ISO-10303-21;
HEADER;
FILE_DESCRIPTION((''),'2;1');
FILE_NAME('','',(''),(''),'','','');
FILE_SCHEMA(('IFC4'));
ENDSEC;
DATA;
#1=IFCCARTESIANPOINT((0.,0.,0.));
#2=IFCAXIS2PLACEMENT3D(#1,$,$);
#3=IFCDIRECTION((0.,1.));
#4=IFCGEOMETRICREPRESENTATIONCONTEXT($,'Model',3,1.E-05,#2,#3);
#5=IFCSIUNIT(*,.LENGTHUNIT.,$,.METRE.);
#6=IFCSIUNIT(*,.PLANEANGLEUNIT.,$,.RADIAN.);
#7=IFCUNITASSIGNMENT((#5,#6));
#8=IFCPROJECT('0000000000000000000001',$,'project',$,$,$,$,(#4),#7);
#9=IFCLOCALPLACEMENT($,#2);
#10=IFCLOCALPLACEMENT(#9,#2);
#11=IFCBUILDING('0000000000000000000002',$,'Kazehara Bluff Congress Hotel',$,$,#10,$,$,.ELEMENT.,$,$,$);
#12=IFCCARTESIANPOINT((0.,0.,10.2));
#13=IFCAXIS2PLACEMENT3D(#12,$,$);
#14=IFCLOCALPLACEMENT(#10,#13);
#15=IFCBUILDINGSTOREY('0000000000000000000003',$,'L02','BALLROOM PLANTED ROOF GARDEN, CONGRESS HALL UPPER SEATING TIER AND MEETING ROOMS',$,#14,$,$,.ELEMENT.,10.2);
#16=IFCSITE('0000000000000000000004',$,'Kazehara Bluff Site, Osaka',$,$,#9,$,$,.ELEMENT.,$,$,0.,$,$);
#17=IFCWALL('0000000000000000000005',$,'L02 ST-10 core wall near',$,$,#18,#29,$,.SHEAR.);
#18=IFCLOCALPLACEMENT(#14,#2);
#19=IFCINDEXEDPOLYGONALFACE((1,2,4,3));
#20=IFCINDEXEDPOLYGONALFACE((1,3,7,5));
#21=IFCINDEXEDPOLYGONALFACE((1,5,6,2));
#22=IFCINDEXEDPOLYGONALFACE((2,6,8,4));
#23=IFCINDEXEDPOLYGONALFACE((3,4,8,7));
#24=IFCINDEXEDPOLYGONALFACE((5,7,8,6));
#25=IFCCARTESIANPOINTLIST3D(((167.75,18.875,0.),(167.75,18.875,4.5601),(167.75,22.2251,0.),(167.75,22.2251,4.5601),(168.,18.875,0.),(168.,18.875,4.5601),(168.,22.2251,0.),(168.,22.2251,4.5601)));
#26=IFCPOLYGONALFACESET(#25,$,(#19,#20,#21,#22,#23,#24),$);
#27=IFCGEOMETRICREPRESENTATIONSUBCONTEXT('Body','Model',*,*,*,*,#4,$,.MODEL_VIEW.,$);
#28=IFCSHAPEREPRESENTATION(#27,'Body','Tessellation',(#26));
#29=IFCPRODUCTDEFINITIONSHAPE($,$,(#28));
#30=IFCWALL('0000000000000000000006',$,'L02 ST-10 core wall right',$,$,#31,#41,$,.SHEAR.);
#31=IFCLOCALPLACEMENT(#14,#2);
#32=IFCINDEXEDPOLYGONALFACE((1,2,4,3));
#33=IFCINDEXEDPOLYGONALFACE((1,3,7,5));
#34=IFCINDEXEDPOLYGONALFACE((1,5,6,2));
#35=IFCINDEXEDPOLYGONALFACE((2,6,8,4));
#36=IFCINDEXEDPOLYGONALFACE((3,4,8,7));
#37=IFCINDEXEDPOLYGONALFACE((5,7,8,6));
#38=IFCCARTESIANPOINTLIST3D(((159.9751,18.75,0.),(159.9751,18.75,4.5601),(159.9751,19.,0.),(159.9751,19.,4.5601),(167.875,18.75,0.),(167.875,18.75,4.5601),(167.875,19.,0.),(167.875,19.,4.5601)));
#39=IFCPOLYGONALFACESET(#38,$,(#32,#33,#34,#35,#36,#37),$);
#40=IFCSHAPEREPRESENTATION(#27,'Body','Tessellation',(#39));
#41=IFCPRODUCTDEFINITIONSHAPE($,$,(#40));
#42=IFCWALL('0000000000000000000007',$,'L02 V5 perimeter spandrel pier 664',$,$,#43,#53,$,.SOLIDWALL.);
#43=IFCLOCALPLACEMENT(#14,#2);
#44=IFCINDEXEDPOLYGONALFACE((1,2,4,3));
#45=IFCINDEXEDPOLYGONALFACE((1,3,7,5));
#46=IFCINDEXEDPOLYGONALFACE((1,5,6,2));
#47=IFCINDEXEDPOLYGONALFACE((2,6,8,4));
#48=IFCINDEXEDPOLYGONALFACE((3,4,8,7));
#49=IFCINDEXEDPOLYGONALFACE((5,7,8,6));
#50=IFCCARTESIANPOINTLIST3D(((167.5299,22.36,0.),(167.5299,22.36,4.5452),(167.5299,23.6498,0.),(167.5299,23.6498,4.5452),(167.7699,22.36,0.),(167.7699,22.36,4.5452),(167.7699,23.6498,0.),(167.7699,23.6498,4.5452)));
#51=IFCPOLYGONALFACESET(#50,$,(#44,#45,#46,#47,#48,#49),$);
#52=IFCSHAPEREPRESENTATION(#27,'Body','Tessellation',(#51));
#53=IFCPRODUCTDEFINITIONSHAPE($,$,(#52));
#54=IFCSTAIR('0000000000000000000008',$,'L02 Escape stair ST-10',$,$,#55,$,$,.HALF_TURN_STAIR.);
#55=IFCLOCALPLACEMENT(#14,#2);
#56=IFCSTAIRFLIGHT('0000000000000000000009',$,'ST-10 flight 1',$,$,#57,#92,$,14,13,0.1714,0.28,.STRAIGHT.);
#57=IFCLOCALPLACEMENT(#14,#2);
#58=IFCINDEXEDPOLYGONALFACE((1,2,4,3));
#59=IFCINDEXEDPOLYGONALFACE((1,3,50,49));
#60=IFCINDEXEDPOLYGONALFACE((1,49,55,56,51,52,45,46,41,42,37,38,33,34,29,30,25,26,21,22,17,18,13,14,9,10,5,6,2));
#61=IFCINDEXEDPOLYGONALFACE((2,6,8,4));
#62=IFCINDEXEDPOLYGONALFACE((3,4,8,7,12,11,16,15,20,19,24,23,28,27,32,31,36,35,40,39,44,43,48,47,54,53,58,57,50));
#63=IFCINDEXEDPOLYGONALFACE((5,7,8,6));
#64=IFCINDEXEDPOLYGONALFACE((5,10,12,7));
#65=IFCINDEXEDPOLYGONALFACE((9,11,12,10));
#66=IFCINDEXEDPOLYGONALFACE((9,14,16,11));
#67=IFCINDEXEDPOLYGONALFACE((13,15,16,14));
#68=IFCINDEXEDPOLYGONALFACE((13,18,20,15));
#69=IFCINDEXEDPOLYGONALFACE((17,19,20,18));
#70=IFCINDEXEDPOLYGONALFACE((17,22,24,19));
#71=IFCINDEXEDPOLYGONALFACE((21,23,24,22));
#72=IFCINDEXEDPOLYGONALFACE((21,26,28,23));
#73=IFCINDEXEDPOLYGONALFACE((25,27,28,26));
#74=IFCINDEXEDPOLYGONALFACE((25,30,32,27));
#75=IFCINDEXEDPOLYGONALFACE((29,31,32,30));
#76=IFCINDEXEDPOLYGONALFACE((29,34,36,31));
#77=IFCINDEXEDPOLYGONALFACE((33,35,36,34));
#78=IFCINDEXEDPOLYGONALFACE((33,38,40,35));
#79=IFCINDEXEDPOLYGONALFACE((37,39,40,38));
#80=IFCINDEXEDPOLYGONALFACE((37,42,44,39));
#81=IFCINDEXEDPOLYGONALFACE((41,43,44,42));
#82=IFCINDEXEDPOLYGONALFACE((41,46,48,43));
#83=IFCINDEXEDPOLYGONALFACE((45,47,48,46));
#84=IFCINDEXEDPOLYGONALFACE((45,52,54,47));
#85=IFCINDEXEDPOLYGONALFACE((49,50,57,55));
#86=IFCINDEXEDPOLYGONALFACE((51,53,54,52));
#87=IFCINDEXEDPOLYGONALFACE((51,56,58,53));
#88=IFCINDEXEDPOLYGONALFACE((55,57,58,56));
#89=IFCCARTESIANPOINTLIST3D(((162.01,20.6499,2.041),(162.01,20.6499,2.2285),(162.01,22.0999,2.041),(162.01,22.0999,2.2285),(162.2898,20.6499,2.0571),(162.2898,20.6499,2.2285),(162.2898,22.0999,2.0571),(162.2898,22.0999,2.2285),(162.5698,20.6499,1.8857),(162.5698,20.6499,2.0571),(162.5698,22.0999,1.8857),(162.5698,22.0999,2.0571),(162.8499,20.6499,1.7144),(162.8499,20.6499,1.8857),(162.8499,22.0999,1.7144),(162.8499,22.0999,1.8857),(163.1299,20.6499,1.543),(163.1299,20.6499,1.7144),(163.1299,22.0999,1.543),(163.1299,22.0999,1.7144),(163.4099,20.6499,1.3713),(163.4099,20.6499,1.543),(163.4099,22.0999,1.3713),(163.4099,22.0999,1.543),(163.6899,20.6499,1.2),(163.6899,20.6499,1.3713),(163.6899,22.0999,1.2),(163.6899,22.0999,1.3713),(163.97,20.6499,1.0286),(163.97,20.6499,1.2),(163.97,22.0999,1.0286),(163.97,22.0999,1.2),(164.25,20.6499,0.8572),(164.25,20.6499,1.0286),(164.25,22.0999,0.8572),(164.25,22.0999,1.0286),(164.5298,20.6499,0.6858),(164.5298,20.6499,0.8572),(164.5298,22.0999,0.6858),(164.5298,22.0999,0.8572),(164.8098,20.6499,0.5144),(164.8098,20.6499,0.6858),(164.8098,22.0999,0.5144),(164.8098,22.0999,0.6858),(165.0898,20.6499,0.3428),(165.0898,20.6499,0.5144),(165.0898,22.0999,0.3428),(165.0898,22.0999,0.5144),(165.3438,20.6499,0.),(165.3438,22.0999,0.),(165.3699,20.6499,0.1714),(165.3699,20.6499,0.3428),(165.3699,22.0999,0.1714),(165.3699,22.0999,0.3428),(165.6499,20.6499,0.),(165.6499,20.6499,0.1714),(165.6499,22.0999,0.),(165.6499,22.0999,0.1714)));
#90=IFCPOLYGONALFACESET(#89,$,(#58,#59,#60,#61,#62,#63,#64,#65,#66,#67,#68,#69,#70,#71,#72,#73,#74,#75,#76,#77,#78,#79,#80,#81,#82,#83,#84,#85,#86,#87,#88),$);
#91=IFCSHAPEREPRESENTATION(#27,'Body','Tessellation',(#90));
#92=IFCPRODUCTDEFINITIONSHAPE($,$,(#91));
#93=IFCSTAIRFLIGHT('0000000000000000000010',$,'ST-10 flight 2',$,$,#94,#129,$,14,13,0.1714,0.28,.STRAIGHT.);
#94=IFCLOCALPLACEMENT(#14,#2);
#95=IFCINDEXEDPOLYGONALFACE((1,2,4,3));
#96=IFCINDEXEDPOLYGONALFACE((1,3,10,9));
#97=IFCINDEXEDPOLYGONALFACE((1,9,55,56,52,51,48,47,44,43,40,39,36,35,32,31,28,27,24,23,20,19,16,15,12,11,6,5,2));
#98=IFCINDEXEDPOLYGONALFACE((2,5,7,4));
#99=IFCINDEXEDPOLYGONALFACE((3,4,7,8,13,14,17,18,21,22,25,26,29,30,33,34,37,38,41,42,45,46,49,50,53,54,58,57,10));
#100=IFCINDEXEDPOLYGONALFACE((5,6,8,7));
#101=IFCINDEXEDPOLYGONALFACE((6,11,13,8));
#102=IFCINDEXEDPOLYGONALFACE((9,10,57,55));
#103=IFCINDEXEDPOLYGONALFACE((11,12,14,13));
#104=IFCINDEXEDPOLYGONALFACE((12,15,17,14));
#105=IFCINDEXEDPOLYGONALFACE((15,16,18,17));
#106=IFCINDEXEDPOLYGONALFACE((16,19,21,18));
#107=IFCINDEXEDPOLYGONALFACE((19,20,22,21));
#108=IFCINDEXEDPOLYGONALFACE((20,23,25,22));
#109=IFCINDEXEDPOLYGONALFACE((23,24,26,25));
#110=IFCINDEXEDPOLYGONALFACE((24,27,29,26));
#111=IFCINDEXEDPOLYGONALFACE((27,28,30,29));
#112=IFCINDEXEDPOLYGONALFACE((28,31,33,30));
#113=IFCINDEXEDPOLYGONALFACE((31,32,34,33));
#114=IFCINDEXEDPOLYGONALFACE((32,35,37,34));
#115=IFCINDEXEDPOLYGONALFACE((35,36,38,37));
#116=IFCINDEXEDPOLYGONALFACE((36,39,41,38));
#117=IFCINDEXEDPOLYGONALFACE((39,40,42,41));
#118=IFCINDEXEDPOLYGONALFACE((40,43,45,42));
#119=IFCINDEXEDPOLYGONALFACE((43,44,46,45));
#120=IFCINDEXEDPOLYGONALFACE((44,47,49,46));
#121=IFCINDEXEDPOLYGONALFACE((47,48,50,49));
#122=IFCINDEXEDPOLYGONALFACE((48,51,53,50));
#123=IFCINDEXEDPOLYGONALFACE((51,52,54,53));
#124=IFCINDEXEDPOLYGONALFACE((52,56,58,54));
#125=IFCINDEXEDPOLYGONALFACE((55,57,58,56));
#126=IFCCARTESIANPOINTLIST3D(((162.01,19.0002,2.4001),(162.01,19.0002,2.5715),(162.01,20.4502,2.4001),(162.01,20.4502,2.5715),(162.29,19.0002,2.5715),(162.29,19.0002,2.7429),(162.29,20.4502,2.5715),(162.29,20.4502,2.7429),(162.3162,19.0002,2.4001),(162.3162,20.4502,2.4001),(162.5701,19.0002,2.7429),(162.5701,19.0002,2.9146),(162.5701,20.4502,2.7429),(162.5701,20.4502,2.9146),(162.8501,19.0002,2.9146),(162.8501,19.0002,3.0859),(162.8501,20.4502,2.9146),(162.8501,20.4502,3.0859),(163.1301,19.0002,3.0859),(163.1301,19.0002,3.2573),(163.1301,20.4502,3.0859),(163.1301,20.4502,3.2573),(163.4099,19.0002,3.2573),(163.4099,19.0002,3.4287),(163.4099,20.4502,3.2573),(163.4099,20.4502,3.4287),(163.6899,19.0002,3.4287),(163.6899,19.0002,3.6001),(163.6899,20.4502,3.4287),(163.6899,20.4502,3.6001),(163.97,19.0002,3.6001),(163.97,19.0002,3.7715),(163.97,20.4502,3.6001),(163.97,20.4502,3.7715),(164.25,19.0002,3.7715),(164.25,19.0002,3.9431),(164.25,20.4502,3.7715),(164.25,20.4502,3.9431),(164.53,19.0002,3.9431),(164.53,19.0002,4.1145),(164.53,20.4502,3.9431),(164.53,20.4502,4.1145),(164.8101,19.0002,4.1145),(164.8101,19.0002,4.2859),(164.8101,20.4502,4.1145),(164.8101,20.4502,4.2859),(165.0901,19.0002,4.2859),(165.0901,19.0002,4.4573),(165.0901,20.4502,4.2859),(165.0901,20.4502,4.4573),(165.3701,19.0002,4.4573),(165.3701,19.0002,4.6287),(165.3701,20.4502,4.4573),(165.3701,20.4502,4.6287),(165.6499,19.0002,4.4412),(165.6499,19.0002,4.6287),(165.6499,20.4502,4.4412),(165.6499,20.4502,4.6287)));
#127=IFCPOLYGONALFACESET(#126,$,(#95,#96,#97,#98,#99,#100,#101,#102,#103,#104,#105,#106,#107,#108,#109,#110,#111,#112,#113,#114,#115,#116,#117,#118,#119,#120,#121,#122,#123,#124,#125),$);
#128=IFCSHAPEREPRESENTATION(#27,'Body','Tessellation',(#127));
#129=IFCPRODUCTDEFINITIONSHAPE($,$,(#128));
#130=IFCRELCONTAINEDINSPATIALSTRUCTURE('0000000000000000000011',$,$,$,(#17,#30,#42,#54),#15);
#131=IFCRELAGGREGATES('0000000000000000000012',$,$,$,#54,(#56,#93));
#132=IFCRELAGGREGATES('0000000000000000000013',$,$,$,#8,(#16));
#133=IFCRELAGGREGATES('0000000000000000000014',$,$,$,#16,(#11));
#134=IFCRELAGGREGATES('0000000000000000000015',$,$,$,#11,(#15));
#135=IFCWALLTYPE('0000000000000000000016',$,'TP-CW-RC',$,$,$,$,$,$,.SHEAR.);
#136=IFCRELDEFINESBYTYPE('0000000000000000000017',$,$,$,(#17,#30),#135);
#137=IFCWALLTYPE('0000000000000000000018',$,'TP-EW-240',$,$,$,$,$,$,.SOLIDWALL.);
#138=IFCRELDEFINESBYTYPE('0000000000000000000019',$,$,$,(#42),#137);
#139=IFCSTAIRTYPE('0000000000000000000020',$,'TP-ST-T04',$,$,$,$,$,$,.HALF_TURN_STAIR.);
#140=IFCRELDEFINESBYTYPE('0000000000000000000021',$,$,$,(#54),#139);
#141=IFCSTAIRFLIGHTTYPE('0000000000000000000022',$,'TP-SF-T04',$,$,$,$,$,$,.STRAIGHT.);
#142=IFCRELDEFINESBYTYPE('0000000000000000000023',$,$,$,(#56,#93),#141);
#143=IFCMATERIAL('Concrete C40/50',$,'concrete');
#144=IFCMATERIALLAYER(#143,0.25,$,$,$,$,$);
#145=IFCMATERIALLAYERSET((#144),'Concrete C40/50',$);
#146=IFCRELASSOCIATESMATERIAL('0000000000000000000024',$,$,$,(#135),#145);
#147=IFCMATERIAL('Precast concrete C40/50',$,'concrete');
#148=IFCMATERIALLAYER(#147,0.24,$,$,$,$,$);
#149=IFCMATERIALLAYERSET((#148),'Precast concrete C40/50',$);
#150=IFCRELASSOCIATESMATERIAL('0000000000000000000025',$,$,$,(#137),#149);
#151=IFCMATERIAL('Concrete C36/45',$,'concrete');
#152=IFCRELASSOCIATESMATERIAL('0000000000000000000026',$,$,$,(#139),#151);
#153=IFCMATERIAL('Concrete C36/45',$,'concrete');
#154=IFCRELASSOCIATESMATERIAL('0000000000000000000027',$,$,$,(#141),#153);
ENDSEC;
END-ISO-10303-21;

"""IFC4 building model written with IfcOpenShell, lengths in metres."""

from ifc_helpers import new_model, si_unit, direction, frame, frame_2d, origin, place, context, subcontext, project, spatial, polyline, rectangle, outline, extrude, material, layer, layer_set, type_object, element, aggregate, save


model = new_model("IFC4")

# Units and contexts
model_context = context("Model", 3, precision=1e-05, world=origin(), true_north=direction((0.0, 1.0)))
body_context = subcontext(model_context, "Body", "Model", "MODEL_VIEW")
ifc_project = project(units=[si_unit("LENGTHUNIT", "METRE"), si_unit("PLANEANGLEUNIT", "RADIAN")], contexts=[model_context])

# Site, building, storey
site_placement = place(None, origin())
site = spatial("IfcSite", under=ifc_project, at=site_placement, Name="Kazehara Bluff Site, Osaka", CompositionType="ELEMENT", RefElevation=0.0)
building_placement = place(site_placement, origin())
building = spatial("IfcBuilding", under=site, at=building_placement, Name="Kazehara Bluff Congress Hotel", CompositionType="ELEMENT")
storey_placement = place(building_placement, frame((0.0, 0.0, 10.2)))
storey = spatial("IfcBuildingStorey", under=building, at=storey_placement, Name="L02", Description="BALLROOM PLANTED ROOF GARDEN, CONGRESS HALL UPPER SEATING TIER AND MEETING ROOMS", CompositionType="ELEMENT", Elevation=10.2)

# Walls
ifc_material_1 = material(Name="Concrete C40/50", Category="concrete")
ifc_layer_1 = layer(ifc_material_1, 0.25)
ifc_layer_set_1 = layer_set([ifc_layer_1], Name="Concrete C40/50")
wall_type_1 = type_object("IfcWallType", Name="TP-CW-RC", PredefinedType="SHEAR", material=ifc_layer_set_1)
wall_1_placement = place(storey_placement, frame((167.875, 22.2251, 0.0), z_axis=(0.0, 0.0, 1.0), x_axis=(0.0, -1.0, 0.0)))
element("IfcWall", 1, at=wall_1_placement, inside=storey, type_object=wall_type_1, Name="L02 ST-10 core wall near", PredefinedType="SHEAR", context=body_context, shape_type="SweptSolid", body=[
    extrude(rectangle(XDim=3.3501, YDim=0.25, at=frame_2d((1.675, 0.0))), origin(), (0.0, 0.0, 1.0), 4.5601),
])
wall_2_placement = place(storey_placement, frame((167.875, 18.875, 0.0), z_axis=(0.0, 0.0, 1.0), x_axis=(-1.0, 0.0, 0.0)))
element("IfcWall", 2, at=wall_2_placement, inside=storey, type_object=wall_type_1, Name="L02 ST-10 core wall right", PredefinedType="SHEAR", context=body_context, shape_type="SweptSolid", body=[
    extrude(rectangle(XDim=7.8999, YDim=0.25, at=frame_2d((3.95, 0.0))), origin(), (0.0, 0.0, 1.0), 4.5601),
])
ifc_material_2 = material(Name="Precast concrete C40/50", Category="concrete")
ifc_layer_2 = layer(ifc_material_2, 0.24)
ifc_layer_set_2 = layer_set([ifc_layer_2], Name="Precast concrete C40/50")
wall_type_2 = type_object("IfcWallType", Name="TP-EW-240", PredefinedType="SOLIDWALL", material=ifc_layer_set_2)
wall_3_placement = place(storey_placement, frame((167.6499, 23.6499, 0.0), z_axis=(0.0, 0.0, 1.0), x_axis=(0.0, -1.0, 0.0)))
element("IfcWall", 3, at=wall_3_placement, inside=storey, type_object=wall_type_2, Name="L02 V5 perimeter spandrel pier 664", PredefinedType="SOLIDWALL", context=body_context, shape_type="SweptSolid", body=[
    extrude(rectangle(XDim=1.2898, YDim=0.24, at=frame_2d((0.645, 0.0))), origin(), (0.0, 0.0, 1.0), 4.5452),
])

# Stair, stair flights
ifc_material_3 = material(Name="Concrete C36/45", Category="concrete")
stair_type = type_object("IfcStairType", Name="TP-ST-T04", PredefinedType="HALF_TURN_STAIR", material=ifc_material_3)
stair_placement = place(storey_placement, origin())
stair = element("IfcStair", 4, at=stair_placement, inside=storey, type_object=stair_type, Name="L02 Escape stair ST-10", PredefinedType="HALF_TURN_STAIR")
ifc_material_4 = material(Name="Concrete C36/45", Category="concrete")
stair_flight_type = type_object("IfcStairFlightType", Name="TP-SF-T04", PredefinedType="STRAIGHT", material=ifc_material_4)
stair_flight_1_placement = place(storey_placement, frame((165.6499, 21.375, 0.0), z_axis=(0.0, 0.0, 1.0), x_axis=(-1.0, 0.0, 0.0)))
stair_flight_1 = element("IfcStairFlight", 5, at=stair_flight_1_placement, type_object=stair_flight_type, Name="ST-10 flight 1", NumberOfRisers=14, NumberOfTreads=13, PredefinedType="STRAIGHT", RiserHeight=0.1714, TreadLength=0.28, context=body_context, shape_type="SweptSolid", body=[
    extrude(outline(polyline([(0.0, 0.0), (0.0, 0.1714), (0.28, 0.1714), (0.28, 0.3428), (0.5601, 0.3428), (0.5601, 0.5144), (0.8401, 0.5144), (0.8401, 0.6858), (1.1201, 0.6858), (1.1201, 0.8572), (1.3999, 0.8572), (1.3999, 1.0286), (1.6799, 1.0286), (1.6799, 1.2), (1.96, 1.2), (1.96, 1.3713), (2.24, 1.3713), (2.24, 1.543), (2.52, 1.543), (2.52, 1.7144), (2.8, 1.7144), (2.8, 1.8857), (3.0801, 1.8857), (3.0801, 2.0571), (3.3601, 2.0571), (3.3601, 2.2285), (3.6399, 2.2285), (3.6399, 2.3999), (3.6399, 2.041), (0.3062, 0.0), (0.0, 0.0)])), frame((0.0, 0.7251, 0.0), z_axis=(0.0, -1.0, 0.0), x_axis=(1.0, 0.0, 0.0)), (0.0, 0.0, 1.0), 1.45),
])
stair_flight_2_placement = place(storey_placement, frame((162.01, 19.7251, 2.4001), z_axis=(0.0, 0.0, 1.0), x_axis=(1.0, 0.0, 0.0)))
stair_flight_2 = element("IfcStairFlight", 6, at=stair_flight_2_placement, type_object=stair_flight_type, Name="ST-10 flight 2", NumberOfRisers=14, NumberOfTreads=13, PredefinedType="STRAIGHT", RiserHeight=0.1714, TreadLength=0.28, context=body_context, shape_type="SweptSolid", body=[
    extrude(outline(polyline([(0.0, 0.0), (0.0, 0.1714), (0.28, 0.1714), (0.28, 0.3428), (0.5601, 0.3428), (0.5601, 0.5144), (0.8401, 0.5144), (0.8401, 0.6858), (1.1201, 0.6858), (1.1201, 0.8572), (1.3999, 0.8572), (1.3999, 1.0286), (1.6799, 1.0286), (1.6799, 1.2), (1.96, 1.2), (1.96, 1.3713), (2.24, 1.3713), (2.24, 1.543), (2.52, 1.543), (2.52, 1.7144), (2.8, 1.7144), (2.8, 1.8857), (3.0801, 1.8857), (3.0801, 2.0571), (3.3601, 2.0571), (3.3601, 2.2285), (3.6399, 2.2285), (3.6399, 2.3999), (3.6399, 2.041), (0.3062, 0.0), (0.0, 0.0)])), frame((0.0, 0.7251, 0.0), z_axis=(0.0, -1.0, 0.0), x_axis=(1.0, 0.0, 0.0)), (0.0, 0.0, 1.0), 1.45),
])
aggregate(stair, [stair_flight_1, stair_flight_2])

save(model, "model.ifc")
